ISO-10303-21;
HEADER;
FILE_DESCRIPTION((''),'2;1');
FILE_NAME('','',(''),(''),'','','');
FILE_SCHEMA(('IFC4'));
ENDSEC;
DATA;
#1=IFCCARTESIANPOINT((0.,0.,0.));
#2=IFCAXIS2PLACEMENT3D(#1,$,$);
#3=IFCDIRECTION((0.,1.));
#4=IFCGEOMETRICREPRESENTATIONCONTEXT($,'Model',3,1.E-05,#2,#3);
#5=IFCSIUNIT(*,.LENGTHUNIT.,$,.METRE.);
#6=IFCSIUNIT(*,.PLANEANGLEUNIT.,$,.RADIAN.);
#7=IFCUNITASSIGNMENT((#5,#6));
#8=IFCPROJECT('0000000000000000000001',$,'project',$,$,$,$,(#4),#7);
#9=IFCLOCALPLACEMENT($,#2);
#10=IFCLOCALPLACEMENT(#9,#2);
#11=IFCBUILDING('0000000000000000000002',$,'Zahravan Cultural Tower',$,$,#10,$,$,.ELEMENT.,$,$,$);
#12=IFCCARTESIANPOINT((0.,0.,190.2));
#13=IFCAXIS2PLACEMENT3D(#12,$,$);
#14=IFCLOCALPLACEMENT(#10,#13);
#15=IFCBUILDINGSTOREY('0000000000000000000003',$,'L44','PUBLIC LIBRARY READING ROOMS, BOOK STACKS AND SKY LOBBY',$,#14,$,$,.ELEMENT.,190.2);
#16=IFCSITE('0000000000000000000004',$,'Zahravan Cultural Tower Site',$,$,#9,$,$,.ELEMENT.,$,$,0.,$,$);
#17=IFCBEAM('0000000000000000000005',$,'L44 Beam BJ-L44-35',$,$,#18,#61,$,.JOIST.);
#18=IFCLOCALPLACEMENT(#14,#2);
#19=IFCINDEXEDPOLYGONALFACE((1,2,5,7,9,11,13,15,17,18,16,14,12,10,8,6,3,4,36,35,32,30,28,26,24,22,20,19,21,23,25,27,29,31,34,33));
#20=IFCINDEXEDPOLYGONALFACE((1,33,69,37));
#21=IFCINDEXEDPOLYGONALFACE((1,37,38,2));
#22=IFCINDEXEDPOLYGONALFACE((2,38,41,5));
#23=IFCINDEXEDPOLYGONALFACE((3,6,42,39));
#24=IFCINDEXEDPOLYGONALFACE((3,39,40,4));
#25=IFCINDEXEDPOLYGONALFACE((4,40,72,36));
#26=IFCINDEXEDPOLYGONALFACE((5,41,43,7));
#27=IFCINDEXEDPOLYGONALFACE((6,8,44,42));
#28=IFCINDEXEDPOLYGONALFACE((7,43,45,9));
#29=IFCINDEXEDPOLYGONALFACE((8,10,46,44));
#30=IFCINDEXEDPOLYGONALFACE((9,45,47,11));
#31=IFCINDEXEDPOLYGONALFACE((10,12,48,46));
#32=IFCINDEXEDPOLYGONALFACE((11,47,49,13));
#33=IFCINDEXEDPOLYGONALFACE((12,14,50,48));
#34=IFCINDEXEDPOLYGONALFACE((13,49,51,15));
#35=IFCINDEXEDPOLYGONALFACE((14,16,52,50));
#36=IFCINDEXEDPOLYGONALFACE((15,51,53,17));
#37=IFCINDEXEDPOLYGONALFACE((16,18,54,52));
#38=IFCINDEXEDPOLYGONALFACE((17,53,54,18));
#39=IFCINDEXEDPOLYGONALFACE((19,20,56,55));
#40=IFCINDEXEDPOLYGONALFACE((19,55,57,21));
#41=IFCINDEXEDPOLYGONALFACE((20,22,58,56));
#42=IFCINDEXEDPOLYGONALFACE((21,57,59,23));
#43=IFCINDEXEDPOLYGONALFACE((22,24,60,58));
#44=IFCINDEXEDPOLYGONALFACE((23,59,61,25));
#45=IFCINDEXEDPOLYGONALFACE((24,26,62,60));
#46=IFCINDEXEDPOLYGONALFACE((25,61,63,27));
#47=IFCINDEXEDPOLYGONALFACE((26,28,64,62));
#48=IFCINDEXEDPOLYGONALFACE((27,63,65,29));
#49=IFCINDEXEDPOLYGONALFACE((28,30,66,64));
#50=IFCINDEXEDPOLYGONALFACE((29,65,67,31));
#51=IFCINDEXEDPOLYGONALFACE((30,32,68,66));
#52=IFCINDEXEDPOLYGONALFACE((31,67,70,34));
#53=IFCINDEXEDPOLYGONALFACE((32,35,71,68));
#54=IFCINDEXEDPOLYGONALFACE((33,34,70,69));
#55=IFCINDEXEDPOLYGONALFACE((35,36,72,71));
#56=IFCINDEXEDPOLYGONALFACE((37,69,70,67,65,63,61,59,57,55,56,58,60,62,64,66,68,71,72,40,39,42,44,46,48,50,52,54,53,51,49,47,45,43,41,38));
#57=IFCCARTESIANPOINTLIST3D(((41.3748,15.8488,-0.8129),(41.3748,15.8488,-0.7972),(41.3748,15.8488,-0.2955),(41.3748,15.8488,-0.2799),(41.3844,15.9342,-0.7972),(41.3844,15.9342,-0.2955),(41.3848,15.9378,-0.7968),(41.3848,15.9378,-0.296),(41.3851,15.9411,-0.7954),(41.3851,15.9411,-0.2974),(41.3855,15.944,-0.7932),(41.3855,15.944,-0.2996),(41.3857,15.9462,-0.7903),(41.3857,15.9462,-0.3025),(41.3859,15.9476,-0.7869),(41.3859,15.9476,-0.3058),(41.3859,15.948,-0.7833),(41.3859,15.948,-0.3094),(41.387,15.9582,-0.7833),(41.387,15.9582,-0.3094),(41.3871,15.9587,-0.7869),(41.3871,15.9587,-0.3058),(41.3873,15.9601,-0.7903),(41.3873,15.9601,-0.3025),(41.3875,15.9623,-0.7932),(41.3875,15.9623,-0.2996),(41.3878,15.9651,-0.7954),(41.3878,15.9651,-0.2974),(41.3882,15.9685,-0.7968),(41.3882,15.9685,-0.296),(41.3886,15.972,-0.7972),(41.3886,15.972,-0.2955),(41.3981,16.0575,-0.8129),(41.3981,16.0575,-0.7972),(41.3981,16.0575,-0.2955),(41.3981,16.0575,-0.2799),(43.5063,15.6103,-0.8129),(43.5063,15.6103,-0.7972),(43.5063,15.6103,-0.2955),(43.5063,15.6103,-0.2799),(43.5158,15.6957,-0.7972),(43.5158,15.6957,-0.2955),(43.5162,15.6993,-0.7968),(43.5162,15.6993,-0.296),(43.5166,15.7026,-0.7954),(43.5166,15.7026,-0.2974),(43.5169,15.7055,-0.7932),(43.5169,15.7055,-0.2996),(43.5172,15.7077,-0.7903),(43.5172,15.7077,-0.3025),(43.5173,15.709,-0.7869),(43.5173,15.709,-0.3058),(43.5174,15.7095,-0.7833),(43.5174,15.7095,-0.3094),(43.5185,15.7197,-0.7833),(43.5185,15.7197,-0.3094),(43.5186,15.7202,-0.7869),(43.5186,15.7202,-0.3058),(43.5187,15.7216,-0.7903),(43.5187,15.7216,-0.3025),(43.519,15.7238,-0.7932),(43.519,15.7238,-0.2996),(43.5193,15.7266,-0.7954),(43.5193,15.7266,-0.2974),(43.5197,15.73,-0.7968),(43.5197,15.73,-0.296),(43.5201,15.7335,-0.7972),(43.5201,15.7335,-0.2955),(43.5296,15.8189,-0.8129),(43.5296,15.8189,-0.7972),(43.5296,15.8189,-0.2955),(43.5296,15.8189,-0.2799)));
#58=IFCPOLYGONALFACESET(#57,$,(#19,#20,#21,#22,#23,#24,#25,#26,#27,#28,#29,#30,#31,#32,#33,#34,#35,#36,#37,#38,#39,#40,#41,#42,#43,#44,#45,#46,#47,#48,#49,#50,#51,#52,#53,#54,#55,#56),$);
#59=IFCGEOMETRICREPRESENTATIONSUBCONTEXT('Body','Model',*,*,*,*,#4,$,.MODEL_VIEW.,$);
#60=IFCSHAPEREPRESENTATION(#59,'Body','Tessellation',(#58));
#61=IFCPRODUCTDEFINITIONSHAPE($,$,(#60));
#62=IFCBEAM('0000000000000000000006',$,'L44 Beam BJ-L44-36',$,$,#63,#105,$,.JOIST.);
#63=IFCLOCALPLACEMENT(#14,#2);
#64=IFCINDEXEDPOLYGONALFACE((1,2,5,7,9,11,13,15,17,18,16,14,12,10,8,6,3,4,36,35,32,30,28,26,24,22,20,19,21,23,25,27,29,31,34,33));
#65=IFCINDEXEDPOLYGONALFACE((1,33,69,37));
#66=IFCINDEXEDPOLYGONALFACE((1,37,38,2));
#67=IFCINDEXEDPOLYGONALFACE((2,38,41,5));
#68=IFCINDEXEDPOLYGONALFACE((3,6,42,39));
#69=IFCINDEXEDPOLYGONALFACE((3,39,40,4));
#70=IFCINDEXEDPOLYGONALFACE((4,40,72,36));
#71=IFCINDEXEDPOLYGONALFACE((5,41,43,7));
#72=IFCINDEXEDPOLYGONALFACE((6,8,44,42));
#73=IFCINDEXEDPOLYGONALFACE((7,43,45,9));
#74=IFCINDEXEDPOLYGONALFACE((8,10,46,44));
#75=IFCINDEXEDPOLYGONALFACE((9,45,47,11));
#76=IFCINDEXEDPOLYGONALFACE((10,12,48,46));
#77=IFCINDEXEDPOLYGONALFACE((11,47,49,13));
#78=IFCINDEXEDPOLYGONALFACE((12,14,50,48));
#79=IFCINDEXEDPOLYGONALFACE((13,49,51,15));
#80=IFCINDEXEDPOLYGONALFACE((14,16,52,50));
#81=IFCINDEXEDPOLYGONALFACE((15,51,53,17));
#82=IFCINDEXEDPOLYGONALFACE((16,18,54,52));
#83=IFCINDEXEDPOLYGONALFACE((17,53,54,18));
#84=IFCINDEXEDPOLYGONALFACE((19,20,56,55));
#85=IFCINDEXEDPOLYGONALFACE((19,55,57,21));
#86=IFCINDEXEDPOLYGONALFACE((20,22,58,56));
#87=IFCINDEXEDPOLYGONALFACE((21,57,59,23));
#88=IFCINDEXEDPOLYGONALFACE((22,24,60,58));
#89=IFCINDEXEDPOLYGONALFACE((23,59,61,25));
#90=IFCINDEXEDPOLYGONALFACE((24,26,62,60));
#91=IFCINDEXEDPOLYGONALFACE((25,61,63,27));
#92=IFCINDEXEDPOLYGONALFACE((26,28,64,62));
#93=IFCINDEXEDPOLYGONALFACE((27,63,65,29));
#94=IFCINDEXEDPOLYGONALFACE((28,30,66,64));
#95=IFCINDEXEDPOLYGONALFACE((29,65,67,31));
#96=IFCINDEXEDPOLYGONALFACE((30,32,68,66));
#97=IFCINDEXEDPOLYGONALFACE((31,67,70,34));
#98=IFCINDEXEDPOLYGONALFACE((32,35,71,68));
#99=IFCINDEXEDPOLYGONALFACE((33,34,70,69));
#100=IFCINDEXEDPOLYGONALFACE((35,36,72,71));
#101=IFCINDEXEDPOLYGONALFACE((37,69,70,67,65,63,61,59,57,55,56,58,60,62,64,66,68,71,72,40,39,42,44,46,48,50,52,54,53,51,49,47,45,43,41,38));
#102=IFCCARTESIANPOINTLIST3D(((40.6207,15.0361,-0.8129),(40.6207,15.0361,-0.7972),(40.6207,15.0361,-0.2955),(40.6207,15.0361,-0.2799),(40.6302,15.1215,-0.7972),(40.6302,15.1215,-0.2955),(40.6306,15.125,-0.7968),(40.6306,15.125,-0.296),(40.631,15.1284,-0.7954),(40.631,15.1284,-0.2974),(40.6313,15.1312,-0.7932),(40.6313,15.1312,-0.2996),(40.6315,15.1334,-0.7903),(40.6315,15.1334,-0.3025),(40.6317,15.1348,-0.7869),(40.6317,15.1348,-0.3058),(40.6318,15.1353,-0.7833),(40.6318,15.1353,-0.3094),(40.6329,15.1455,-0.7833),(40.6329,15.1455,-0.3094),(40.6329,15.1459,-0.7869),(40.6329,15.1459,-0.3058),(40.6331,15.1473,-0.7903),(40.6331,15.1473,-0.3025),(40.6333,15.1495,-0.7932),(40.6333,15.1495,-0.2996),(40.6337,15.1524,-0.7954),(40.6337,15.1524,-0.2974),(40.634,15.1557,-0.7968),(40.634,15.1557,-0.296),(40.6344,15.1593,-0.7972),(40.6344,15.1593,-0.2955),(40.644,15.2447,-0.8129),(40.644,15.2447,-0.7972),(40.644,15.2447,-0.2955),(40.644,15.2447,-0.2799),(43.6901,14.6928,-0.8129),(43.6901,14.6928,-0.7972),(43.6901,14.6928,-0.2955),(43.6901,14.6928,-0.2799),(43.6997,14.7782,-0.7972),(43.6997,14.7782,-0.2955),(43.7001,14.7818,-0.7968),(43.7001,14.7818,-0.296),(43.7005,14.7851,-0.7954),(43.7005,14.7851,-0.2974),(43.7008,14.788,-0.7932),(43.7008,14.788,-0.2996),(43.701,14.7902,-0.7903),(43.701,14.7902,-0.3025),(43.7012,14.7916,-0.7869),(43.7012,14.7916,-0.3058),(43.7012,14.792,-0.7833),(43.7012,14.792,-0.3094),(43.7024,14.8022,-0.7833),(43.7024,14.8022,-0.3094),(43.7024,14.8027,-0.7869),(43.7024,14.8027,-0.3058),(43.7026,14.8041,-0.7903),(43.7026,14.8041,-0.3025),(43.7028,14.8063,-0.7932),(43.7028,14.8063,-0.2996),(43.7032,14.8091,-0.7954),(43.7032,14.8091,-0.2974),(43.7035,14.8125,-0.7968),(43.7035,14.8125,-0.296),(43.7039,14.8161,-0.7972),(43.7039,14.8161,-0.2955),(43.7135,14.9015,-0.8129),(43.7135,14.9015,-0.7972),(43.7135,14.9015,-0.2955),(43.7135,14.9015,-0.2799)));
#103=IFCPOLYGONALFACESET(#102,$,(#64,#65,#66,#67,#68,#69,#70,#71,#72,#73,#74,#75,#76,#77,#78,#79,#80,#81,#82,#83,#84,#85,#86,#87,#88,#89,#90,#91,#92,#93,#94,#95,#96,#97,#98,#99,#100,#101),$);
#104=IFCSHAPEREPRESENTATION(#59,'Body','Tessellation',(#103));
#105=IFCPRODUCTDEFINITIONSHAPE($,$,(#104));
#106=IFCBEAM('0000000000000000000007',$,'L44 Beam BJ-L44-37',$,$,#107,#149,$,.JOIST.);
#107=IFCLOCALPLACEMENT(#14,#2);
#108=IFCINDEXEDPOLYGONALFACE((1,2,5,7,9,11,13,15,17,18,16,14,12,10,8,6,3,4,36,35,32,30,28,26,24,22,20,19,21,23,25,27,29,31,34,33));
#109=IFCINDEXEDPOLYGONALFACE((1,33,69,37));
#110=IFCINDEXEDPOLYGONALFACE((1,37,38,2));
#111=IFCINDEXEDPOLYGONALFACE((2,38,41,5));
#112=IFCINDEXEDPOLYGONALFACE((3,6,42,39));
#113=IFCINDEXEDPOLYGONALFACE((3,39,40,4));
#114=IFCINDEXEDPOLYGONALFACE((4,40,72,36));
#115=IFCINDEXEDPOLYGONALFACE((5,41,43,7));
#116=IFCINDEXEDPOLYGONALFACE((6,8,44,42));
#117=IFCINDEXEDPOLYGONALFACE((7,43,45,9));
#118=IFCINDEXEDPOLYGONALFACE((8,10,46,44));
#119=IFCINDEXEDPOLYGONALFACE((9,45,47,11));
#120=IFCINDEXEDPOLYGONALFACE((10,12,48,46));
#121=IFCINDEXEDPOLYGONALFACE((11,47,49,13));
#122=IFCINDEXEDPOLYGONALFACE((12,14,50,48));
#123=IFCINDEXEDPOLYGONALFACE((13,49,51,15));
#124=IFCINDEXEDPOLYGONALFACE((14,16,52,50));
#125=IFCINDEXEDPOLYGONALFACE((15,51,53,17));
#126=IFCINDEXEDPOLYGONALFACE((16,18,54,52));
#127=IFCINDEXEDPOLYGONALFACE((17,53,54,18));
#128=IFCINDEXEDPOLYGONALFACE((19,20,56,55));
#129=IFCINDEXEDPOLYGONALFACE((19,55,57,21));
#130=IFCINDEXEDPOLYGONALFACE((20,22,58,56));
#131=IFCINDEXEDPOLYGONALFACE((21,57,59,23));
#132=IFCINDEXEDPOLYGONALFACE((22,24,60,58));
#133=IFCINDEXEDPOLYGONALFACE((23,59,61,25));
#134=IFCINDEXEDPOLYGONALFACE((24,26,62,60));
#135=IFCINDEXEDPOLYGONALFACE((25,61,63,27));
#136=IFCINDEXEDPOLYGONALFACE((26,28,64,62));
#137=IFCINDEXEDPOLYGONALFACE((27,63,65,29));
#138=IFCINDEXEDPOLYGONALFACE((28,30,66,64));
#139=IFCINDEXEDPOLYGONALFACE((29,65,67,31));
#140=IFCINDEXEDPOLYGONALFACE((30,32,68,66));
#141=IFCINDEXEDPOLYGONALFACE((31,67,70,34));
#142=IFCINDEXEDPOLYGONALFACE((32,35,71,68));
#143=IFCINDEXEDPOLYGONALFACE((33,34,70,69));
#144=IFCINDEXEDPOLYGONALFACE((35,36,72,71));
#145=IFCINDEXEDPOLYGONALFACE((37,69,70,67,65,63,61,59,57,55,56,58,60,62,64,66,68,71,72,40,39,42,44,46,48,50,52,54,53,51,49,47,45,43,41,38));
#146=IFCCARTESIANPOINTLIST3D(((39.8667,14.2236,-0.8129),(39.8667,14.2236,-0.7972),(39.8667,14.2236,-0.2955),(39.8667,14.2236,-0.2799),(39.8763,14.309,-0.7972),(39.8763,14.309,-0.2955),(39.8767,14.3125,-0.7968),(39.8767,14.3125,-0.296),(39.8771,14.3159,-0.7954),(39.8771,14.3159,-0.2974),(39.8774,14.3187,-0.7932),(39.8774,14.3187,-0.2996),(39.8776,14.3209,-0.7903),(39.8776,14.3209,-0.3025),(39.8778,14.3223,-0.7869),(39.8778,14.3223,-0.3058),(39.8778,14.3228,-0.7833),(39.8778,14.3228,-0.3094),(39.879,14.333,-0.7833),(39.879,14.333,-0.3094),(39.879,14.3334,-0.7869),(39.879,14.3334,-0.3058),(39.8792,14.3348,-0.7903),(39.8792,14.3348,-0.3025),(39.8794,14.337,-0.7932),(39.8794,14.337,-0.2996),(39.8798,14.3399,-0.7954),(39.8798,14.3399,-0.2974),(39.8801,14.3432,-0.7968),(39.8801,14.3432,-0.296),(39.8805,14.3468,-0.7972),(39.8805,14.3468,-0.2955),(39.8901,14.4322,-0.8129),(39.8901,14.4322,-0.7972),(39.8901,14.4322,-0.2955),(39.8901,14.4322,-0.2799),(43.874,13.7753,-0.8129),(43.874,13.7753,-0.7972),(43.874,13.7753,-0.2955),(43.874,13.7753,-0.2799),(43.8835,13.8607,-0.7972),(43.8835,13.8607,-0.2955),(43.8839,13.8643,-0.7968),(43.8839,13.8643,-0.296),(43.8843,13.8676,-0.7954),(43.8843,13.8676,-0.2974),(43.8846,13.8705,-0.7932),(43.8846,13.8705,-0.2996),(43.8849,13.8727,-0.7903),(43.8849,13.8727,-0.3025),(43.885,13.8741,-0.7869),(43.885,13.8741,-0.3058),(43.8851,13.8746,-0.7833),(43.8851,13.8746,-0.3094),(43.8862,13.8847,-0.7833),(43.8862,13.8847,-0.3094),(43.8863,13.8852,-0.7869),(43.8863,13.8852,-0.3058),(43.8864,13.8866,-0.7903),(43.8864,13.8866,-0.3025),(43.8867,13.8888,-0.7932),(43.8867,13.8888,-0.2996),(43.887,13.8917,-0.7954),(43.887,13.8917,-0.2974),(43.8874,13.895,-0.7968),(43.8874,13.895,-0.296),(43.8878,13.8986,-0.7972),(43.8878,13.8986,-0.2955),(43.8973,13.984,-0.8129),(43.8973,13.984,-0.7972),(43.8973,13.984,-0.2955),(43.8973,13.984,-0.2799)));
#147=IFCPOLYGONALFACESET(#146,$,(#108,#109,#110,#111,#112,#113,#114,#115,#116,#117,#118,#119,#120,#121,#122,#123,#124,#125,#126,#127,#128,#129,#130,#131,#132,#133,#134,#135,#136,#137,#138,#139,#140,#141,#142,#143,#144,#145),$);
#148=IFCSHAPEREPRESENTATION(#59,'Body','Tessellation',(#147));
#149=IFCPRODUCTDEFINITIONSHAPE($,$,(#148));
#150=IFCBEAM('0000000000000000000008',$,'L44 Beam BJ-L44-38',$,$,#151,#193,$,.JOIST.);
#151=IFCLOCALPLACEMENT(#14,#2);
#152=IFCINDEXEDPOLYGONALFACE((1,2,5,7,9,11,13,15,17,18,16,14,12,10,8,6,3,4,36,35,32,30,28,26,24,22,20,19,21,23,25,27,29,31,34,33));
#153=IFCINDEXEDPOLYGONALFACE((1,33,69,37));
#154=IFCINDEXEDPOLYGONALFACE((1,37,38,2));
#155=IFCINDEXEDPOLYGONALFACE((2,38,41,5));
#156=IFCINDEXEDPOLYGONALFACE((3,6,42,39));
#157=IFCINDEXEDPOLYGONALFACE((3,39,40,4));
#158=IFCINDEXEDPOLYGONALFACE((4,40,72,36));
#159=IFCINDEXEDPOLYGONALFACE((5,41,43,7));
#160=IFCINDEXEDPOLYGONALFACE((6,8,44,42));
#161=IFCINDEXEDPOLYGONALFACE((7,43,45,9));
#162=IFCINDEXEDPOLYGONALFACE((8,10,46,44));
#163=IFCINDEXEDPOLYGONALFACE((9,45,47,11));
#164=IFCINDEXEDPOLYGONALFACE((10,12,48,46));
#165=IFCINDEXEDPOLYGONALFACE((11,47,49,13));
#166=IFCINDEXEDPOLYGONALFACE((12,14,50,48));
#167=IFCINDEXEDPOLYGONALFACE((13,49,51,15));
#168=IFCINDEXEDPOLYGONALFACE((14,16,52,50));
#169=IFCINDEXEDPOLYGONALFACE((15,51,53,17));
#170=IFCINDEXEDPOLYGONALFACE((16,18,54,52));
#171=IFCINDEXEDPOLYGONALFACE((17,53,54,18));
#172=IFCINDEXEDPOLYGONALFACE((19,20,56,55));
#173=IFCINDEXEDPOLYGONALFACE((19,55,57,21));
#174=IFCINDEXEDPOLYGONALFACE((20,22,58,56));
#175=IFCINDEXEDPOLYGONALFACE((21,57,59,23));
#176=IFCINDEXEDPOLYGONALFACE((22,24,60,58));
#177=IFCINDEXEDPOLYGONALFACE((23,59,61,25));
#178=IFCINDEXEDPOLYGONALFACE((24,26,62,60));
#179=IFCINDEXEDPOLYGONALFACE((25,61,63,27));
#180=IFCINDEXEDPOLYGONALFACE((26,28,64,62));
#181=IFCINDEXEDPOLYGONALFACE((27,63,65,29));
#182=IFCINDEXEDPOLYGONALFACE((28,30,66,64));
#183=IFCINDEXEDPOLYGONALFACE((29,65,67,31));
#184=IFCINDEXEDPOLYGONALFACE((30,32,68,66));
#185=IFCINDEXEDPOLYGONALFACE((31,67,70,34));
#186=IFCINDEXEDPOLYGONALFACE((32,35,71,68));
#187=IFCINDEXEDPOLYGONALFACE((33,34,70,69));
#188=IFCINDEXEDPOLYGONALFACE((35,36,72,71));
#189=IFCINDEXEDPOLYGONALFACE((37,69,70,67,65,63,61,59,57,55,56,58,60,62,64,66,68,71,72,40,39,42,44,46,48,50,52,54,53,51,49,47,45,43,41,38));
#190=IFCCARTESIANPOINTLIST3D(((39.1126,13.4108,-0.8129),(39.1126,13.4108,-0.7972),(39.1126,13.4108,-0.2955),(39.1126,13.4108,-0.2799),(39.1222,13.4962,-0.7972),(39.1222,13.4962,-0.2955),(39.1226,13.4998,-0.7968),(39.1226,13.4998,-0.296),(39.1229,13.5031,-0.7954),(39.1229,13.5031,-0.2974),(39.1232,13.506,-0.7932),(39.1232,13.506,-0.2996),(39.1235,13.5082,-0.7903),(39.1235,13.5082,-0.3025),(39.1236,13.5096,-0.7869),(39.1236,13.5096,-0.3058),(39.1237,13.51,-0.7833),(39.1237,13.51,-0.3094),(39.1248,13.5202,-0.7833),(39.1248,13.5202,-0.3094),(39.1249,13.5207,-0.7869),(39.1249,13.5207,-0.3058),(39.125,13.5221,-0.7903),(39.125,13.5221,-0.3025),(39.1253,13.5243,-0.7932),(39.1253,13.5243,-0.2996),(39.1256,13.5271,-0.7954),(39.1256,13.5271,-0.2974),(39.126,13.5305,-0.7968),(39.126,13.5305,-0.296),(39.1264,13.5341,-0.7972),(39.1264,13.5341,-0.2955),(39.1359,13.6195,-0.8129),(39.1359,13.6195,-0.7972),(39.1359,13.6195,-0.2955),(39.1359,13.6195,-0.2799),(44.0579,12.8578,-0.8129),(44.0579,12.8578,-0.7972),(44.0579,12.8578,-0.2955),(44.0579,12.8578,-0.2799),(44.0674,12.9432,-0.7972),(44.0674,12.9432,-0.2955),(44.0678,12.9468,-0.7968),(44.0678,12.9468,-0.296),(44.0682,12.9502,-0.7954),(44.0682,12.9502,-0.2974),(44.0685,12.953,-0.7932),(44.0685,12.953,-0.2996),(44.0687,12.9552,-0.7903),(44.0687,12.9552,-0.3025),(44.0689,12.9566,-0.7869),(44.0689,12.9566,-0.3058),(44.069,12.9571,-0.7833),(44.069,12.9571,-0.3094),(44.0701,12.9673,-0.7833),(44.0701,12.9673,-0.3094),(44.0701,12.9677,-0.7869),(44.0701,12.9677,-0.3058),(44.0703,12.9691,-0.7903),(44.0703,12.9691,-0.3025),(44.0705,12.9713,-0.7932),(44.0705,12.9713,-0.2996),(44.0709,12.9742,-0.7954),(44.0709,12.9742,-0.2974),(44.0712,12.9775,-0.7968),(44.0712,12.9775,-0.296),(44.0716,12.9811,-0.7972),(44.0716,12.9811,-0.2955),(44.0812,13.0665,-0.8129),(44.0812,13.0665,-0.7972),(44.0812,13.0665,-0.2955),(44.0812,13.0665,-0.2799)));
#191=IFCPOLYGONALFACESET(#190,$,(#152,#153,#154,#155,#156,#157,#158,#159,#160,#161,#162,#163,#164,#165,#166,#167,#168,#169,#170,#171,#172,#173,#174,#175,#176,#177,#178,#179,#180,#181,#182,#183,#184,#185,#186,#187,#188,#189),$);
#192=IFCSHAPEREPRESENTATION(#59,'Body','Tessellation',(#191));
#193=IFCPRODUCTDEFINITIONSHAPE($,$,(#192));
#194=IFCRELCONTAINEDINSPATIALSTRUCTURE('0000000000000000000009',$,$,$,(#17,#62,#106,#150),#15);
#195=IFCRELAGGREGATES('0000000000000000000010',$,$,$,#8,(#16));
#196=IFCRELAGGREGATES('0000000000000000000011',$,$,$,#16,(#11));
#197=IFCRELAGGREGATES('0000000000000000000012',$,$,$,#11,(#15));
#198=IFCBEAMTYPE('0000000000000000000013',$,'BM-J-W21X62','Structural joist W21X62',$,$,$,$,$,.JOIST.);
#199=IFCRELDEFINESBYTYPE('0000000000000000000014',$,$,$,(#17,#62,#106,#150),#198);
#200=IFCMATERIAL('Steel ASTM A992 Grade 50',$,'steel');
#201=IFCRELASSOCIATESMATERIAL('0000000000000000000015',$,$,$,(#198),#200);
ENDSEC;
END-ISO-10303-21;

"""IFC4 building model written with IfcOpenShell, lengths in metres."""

from ifc_helpers import new_model, si_unit, direction, frame, origin, origin_2d, place, context, subcontext, project, spatial, i_section, extrude, source, transform, mapped, material, material_profile, profile_set, type_object, element, save


model = new_model("IFC4")

# Units and contexts
model_context = context("Model", 3, precision=1e-05, world=origin(), true_north=direction((0.0, 1.0)))
body_context = subcontext(model_context, "Body", "Model", "MODEL_VIEW")
ifc_project = project(units=[si_unit("LENGTHUNIT", "METRE"), si_unit("PLANEANGLEUNIT", "RADIAN")], contexts=[model_context])

# Site, building, storey
site_placement = place(None, origin())
site = spatial("IfcSite", under=ifc_project, at=site_placement, Name="Zahravan Cultural Tower Site", CompositionType="ELEMENT", RefElevation=0.0)
building_placement = place(site_placement, origin())
building = spatial("IfcBuilding", under=site, at=building_placement, Name="Zahravan Cultural Tower", CompositionType="ELEMENT")
storey_placement = place(building_placement, frame((0.0, 0.0, 190.2)))
storey = spatial("IfcBuildingStorey", under=building, at=storey_placement, Name="L44", Description="PUBLIC LIBRARY READING ROOMS, BOOK STACKS AND SKY LOBBY", CompositionType="ELEMENT", Elevation=190.2)

# Shared definitions
ifc_material_1 = material(Name="Steel ASTM A992 Grade 50", Category="steel")

# Beams
ifc_material_profile_1 = material_profile(ifc_material_1, i_section(OverallWidth=0.21, OverallDepth=0.533, WebThickness=0.0103, FlangeThickness=0.0156, FilletRadius=0.0139, at=origin_2d()), Name="W21X62")
ifc_profile_set_1 = profile_set([ifc_material_profile_1], Name="Steel ASTM A992 Grade 50")
beam_type_1 = type_object("IfcBeamType", Name="BM-J-W21X62", Description="Structural joist W21X62", PredefinedType="JOIST", material=ifc_profile_set_1)
shared_shape_1 = source(origin(), body_context, "Body", "SweptSolid", [
    extrude(i_section(OverallWidth=0.21, OverallDepth=0.533, WebThickness=0.0103, FlangeThickness=0.0156, FilletRadius=0.0139, at=origin_2d()), origin(), (0.0, 0.0, 1.0), 2.1448),
])
beam_1_placement = place(storey_placement, frame((41.3865, 15.9531, -0.5464), z_axis=(0.993797, -0.111206, 0.0), x_axis=(0.111206, 0.993797, 0.0)))
element("IfcBeam", 1, at=beam_1_placement, inside=storey, type_object=beam_type_1, Name="L44 Beam BJ-L44-35", PredefinedType="JOIST", context=body_context, shape_type="MappedRepresentation", body=[
    mapped(shared_shape_1, transform((0.0, 0.0, 0.0), x_axis=(1.0, 0.0, 0.0), y_axis=(0.0, 1.0, 0.0), z_axis=(0.0, 0.0, 1.0), scale=1.0)),
])
shared_shape_2 = source(origin(), body_context, "Body", "SweptSolid", [
    extrude(i_section(OverallWidth=0.21, OverallDepth=0.533, WebThickness=0.0103, FlangeThickness=0.0156, FilletRadius=0.0139, at=origin_2d()), origin(), (0.0, 0.0, 1.0), 3.0886),
])
beam_2_placement = place(storey_placement, frame((40.6323, 15.1404, -0.5464), z_axis=(0.993805, -0.111134, 0.0), x_axis=(0.111134, 0.993805, 0.0)))
element("IfcBeam", 2, at=beam_2_placement, inside=storey, type_object=beam_type_1, Name="L44 Beam BJ-L44-36", PredefinedType="JOIST", context=body_context, shape_type="MappedRepresentation", body=[
    mapped(shared_shape_2, transform((0.0, 0.0, 0.0), x_axis=(1.0, 0.0, 0.0), y_axis=(0.0, 1.0, 0.0), z_axis=(0.0, 0.0, 1.0), scale=1.0)),
])
shared_shape_3 = source(origin(), body_context, "Body", "SweptSolid", [
    extrude(i_section(OverallWidth=0.21, OverallDepth=0.533, WebThickness=0.0103, FlangeThickness=0.0156, FilletRadius=0.0139, at=origin_2d()), origin(), (0.0, 0.0, 1.0), 4.0322),
])
beam_3_placement = place(storey_placement, frame((39.8784, 14.3279, -0.5464), z_axis=(0.993802, -0.111162, 0.0), x_axis=(0.111162, 0.993802, 0.0)))
element("IfcBeam", 3, at=beam_3_placement, inside=storey, type_object=beam_type_1, Name="L44 Beam BJ-L44-37", PredefinedType="JOIST", context=body_context, shape_type="MappedRepresentation", body=[
    mapped(shared_shape_3, transform((0.0, 0.0, 0.0), x_axis=(1.0, 0.0, 0.0), y_axis=(0.0, 1.0, 0.0), z_axis=(0.0, 0.0, 1.0), scale=1.0)),
])
shared_shape_4 = source(origin(), body_context, "Body", "SweptSolid", [
    extrude(i_section(OverallWidth=0.21, OverallDepth=0.533, WebThickness=0.0103, FlangeThickness=0.0156, FilletRadius=0.0139, at=origin_2d()), origin(), (0.0, 0.0, 1.0), 4.9761),
])
beam_4_placement = place(storey_placement, frame((39.1243, 13.5151, -0.5464), z_axis=(0.993806, -0.111126, 0.0), x_axis=(0.111126, 0.993806, 0.0)))
element("IfcBeam", 4, at=beam_4_placement, inside=storey, type_object=beam_type_1, Name="L44 Beam BJ-L44-38", PredefinedType="JOIST", context=body_context, shape_type="MappedRepresentation", body=[
    mapped(shared_shape_4, transform((0.0, 0.0, 0.0), x_axis=(1.0, 0.0, 0.0), y_axis=(0.0, 1.0, 0.0), z_axis=(0.0, 0.0, 1.0), scale=1.0)),
])

save(model, "model.ifc")
